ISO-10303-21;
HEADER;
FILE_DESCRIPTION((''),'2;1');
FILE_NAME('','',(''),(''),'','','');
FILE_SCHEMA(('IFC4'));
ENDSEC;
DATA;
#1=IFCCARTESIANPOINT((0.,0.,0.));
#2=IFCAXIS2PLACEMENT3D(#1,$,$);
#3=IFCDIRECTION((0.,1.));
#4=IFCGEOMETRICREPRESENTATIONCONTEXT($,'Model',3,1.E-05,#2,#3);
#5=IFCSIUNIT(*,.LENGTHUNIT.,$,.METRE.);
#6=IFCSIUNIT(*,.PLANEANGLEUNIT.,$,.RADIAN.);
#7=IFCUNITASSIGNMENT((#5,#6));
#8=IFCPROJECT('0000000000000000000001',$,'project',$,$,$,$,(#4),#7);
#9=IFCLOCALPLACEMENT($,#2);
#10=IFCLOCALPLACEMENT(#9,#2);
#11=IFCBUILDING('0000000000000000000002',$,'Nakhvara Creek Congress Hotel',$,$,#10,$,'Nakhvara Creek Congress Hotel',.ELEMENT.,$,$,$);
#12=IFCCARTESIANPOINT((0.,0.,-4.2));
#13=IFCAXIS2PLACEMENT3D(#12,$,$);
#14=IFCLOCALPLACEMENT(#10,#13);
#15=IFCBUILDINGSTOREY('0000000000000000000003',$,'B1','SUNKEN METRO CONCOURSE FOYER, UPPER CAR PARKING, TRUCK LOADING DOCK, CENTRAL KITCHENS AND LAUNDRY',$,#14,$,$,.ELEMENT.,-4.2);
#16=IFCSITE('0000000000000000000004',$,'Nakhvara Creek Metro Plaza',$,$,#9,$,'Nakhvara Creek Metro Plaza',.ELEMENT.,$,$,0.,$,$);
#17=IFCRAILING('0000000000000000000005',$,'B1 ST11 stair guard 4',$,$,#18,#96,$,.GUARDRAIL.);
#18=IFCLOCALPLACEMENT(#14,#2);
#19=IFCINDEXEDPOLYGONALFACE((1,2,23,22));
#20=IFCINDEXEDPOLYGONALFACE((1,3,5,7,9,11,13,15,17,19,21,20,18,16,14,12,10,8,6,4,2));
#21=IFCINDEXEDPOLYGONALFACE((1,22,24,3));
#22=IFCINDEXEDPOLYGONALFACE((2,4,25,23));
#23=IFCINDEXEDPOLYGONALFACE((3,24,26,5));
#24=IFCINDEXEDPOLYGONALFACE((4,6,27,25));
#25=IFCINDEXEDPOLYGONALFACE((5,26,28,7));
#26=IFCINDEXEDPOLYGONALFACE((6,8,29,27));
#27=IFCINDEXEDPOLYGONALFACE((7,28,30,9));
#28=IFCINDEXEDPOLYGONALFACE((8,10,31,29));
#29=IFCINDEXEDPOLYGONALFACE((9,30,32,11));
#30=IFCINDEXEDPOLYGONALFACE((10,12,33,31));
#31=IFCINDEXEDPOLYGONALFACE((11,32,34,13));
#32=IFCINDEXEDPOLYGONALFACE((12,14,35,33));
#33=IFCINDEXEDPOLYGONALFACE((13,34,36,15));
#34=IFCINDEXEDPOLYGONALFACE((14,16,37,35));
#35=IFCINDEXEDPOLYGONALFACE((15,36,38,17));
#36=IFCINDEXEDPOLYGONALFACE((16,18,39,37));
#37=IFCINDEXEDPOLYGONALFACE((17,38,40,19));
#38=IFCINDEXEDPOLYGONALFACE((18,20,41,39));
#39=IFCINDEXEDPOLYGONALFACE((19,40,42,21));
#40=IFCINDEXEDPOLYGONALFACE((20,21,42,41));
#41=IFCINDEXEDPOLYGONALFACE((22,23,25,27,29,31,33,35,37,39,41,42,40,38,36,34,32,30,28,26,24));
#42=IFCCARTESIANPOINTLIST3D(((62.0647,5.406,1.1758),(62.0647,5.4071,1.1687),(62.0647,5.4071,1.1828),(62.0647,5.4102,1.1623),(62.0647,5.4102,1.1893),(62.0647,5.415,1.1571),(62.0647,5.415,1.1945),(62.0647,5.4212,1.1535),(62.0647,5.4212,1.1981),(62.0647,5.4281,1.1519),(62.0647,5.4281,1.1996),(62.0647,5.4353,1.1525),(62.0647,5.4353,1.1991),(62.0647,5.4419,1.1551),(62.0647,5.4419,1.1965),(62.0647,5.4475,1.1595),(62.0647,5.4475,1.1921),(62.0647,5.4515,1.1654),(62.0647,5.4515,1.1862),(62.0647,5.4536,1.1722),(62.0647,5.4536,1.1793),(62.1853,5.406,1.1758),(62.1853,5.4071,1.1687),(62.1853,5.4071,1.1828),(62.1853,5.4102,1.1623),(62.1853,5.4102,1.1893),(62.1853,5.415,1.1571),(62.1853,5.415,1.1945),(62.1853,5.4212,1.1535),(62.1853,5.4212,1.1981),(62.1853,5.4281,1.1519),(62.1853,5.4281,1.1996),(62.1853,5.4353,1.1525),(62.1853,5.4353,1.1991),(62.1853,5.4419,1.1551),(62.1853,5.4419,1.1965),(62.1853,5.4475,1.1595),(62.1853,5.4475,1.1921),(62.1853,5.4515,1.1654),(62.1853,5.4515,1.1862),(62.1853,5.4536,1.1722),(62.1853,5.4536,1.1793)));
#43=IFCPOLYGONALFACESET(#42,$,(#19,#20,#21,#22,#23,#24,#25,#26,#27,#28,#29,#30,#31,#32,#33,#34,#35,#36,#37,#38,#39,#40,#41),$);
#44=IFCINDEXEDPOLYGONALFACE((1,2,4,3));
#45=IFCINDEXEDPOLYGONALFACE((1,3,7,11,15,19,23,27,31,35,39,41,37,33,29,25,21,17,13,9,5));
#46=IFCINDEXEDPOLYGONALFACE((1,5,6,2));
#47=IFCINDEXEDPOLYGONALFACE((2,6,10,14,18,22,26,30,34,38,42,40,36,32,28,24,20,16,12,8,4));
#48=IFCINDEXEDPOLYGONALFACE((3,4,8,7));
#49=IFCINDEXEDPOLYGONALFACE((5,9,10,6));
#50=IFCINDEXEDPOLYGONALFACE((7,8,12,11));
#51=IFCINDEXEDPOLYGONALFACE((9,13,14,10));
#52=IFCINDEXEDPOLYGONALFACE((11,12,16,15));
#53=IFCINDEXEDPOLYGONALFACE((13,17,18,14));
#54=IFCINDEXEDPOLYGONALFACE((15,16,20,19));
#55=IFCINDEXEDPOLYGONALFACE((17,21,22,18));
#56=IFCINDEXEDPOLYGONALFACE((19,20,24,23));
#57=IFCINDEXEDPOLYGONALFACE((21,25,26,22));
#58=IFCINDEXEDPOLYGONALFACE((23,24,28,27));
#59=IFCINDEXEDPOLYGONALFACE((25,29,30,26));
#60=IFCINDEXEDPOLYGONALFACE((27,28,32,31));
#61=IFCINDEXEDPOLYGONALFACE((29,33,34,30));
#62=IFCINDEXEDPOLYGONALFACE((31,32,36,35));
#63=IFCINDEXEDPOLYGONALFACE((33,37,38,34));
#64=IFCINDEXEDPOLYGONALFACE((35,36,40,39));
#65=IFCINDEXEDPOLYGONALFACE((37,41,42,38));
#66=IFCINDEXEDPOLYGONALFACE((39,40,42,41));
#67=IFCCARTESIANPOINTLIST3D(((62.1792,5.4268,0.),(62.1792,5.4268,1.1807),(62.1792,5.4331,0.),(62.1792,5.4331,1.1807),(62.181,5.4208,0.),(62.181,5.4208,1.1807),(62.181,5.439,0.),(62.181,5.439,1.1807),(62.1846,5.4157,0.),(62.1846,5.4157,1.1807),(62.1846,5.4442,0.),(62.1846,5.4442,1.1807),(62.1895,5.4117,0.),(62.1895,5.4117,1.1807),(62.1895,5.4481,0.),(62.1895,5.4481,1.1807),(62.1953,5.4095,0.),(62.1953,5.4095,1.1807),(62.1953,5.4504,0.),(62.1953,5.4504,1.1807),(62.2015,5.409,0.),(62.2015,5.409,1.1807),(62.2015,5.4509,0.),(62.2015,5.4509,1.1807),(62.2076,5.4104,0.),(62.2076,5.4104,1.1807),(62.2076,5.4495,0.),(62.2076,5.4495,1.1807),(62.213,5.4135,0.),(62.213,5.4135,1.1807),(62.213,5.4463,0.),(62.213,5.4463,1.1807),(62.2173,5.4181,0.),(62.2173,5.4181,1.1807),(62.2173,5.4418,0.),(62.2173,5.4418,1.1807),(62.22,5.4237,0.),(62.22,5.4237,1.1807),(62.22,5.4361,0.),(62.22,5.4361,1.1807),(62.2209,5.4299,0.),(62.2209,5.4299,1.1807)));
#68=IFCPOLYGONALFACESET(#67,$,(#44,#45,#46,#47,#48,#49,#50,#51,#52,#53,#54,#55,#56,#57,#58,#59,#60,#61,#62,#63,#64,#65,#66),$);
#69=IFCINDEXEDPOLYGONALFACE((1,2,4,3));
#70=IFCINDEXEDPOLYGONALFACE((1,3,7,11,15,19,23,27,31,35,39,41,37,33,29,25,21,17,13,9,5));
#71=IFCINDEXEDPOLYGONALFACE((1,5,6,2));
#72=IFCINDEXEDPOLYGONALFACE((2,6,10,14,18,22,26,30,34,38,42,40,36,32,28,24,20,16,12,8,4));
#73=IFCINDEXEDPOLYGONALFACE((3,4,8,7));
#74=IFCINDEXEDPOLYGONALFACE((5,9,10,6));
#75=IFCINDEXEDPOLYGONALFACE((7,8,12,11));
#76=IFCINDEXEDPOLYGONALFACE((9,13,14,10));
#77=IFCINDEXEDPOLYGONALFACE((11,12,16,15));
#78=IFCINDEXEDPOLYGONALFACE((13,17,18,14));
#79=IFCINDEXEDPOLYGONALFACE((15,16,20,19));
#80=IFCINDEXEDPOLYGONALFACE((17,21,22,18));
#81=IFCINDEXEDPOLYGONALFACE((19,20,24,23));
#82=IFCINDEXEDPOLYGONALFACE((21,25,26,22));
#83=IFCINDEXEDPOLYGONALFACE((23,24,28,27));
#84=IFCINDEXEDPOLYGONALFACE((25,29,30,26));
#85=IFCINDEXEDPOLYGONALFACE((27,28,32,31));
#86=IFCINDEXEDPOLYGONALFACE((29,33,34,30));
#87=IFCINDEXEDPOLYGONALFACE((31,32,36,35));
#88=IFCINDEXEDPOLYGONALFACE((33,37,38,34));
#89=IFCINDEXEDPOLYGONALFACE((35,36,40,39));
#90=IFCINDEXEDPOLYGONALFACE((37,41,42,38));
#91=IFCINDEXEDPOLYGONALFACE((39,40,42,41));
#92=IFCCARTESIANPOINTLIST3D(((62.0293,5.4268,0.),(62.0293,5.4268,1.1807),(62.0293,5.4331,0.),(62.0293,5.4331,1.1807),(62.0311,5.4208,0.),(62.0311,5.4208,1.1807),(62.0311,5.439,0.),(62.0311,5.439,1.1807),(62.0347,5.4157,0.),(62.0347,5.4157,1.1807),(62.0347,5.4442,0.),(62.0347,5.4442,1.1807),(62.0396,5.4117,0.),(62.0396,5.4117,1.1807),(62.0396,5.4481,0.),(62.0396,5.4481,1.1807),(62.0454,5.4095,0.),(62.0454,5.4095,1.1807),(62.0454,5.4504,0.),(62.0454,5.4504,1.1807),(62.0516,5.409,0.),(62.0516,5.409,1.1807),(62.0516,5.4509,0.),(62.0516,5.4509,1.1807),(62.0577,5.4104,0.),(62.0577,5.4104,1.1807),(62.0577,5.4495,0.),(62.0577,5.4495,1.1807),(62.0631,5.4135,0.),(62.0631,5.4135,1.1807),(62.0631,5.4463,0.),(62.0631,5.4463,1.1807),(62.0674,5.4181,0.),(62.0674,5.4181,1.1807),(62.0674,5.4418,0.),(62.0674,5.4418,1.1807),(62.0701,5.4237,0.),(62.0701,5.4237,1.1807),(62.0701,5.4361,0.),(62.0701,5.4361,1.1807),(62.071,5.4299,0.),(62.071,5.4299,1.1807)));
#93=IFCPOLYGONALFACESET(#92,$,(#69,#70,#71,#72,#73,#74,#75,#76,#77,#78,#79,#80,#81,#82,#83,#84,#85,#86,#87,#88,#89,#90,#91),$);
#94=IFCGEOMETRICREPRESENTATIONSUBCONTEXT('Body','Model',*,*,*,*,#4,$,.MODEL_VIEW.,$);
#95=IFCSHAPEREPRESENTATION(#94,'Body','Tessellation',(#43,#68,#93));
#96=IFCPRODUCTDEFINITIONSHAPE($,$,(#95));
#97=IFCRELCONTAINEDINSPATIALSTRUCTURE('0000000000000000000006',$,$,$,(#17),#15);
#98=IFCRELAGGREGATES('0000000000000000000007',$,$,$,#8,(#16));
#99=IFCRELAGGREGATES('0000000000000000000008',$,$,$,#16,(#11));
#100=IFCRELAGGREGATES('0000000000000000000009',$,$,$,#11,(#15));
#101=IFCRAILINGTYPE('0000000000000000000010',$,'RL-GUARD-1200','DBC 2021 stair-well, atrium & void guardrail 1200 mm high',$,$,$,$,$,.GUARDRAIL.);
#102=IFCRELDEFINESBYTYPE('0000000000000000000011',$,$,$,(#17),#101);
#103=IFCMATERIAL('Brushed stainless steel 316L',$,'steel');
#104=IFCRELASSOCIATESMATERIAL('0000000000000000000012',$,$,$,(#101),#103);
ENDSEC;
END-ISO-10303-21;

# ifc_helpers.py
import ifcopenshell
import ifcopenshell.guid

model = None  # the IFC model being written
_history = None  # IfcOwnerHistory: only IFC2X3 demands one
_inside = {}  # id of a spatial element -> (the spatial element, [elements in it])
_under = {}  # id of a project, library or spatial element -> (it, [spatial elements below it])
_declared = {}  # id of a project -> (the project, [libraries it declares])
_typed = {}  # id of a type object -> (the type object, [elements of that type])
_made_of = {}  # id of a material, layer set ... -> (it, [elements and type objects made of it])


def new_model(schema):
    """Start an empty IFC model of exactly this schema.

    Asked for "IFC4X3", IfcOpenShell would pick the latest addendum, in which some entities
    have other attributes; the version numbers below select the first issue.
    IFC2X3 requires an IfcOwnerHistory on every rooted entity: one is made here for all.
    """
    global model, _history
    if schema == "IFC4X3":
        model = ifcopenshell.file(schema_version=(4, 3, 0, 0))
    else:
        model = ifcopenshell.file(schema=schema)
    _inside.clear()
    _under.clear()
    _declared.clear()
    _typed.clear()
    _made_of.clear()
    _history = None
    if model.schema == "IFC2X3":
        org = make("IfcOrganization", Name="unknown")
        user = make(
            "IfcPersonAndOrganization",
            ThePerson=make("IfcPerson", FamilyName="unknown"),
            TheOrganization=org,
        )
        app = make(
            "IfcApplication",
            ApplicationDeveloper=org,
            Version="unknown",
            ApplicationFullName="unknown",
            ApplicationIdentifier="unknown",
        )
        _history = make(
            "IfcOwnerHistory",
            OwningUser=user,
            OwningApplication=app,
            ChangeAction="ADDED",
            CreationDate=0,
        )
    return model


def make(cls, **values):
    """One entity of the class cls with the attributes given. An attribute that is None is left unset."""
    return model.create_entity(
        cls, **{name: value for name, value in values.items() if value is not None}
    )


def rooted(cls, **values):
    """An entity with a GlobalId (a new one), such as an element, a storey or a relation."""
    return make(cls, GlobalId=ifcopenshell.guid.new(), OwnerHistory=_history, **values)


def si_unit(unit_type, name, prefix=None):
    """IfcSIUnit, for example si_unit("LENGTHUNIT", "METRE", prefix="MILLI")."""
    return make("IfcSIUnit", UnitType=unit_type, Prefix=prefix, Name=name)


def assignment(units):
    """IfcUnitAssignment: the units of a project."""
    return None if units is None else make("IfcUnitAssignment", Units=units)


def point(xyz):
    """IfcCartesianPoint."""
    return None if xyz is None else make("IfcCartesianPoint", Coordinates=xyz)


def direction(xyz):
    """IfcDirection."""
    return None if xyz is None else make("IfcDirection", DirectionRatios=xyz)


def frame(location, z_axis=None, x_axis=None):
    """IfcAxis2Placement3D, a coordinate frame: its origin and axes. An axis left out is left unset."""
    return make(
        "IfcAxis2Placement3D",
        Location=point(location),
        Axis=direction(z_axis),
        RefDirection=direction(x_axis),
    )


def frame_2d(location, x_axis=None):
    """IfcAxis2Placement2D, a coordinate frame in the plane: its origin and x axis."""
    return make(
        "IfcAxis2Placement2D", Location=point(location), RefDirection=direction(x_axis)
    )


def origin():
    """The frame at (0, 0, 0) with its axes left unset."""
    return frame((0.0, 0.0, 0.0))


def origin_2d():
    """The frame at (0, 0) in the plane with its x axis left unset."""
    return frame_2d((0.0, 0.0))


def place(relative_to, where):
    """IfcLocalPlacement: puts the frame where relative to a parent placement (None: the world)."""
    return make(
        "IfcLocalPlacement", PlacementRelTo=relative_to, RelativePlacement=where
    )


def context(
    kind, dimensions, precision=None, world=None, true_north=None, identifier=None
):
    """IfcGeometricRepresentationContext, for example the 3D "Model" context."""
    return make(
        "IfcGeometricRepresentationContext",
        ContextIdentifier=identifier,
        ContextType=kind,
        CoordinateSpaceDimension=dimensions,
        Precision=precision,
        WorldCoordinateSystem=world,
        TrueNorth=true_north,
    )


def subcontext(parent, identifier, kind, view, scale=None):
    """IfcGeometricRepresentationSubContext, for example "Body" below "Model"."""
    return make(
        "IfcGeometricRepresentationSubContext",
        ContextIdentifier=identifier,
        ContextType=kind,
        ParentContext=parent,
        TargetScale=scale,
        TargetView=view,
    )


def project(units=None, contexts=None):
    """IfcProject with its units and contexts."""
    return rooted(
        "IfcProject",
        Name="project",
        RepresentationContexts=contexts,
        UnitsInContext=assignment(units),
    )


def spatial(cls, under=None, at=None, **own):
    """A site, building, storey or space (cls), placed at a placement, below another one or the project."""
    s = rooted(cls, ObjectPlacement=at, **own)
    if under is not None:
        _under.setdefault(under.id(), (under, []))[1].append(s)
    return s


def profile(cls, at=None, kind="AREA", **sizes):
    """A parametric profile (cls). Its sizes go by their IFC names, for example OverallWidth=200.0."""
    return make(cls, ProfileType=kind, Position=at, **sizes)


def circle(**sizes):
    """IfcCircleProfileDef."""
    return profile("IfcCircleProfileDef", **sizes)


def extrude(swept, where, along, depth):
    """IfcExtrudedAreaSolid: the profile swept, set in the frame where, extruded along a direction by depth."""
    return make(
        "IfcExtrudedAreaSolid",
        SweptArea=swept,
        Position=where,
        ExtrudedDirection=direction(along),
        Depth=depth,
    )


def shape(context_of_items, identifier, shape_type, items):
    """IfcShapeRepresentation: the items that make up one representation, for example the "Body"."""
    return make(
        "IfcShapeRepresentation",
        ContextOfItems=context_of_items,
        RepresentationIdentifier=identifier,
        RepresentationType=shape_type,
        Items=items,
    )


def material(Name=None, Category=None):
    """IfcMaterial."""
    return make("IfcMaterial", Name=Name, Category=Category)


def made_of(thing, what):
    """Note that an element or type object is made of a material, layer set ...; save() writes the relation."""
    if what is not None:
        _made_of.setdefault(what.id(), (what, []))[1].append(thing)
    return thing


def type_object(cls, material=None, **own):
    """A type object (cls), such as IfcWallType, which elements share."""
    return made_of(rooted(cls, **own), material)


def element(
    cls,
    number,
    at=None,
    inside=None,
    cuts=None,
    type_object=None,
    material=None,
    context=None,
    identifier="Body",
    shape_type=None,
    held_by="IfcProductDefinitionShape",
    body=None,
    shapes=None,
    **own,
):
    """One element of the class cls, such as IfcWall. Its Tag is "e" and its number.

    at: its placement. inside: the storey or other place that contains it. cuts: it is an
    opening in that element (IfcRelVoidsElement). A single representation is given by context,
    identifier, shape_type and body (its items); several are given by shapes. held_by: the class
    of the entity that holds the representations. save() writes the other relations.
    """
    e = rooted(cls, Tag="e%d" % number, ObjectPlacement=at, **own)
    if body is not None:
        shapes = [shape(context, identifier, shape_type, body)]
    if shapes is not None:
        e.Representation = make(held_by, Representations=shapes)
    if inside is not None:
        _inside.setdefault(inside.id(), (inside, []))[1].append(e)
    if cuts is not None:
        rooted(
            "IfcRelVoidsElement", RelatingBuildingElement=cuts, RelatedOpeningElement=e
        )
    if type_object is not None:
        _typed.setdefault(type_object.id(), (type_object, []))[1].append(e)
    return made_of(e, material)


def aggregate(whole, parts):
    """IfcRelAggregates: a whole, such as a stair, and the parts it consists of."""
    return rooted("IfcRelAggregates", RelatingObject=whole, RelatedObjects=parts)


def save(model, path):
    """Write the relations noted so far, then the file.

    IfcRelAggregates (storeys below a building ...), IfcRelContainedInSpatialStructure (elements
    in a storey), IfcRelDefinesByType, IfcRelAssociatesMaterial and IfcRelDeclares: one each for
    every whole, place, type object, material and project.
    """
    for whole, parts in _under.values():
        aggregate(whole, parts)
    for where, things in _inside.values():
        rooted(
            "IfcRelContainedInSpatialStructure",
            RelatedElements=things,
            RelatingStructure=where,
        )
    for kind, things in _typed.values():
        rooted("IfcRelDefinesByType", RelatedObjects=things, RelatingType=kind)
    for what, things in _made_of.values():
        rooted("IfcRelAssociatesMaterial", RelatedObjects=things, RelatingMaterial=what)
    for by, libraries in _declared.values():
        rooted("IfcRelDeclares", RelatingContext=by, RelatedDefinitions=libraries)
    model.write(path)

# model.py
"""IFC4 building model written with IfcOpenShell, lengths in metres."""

from ifc_helpers import new_model, si_unit, direction, frame, origin, origin_2d, place, context, subcontext, project, spatial, circle, extrude, material, type_object, element, save


model = new_model("IFC4")

# Units and contexts
model_context = context("Model", 3, precision=1e-05, world=origin(), true_north=direction((0.0, 1.0)))
body_context = subcontext(model_context, "Body", "Model", "MODEL_VIEW")
ifc_project = project(units=[si_unit("LENGTHUNIT", "METRE"), si_unit("PLANEANGLEUNIT", "RADIAN")], contexts=[model_context])

# Site, building, storey
site_placement = place(None, origin())
site = spatial("IfcSite", under=ifc_project, at=site_placement, Name="Nakhvara Creek Metro Plaza", LongName="Nakhvara Creek Metro Plaza", CompositionType="ELEMENT", RefElevation=0.0)
building_placement = place(site_placement, origin())
building = spatial("IfcBuilding", under=site, at=building_placement, Name="Nakhvara Creek Congress Hotel", LongName="Nakhvara Creek Congress Hotel", CompositionType="ELEMENT")
storey_placement = place(building_placement, frame((0.0, 0.0, -4.2)))
storey = spatial("IfcBuildingStorey", under=building, at=storey_placement, Name="B1", Description="SUNKEN METRO CONCOURSE FOYER, UPPER CAR PARKING, TRUCK LOADING DOCK, CENTRAL KITCHENS AND LAUNDRY", CompositionType="ELEMENT", Elevation=-4.2)

# Railing
ifc_material_1 = material(Name="Brushed stainless steel 316L", Category="steel")
railing_type_1 = type_object("IfcRailingType", Name="RL-GUARD-1200", Description="DBC 2021 stair-well, atrium & void guardrail 1200 mm high", PredefinedType="GUARDRAIL", material=ifc_material_1)
railing_1_placement = place(storey_placement, frame((62.2, 5.4299, 0.0)))
element("IfcRailing", 1, at=railing_1_placement, inside=storey, type_object=railing_type_1, Name="B1 ST11 stair guard 4", PredefinedType="GUARDRAIL", context=body_context, shape_type="SweptSolid", body=[
    extrude(circle(Radius=0.0239, at=origin_2d()), frame((-0.0146, 0.0, 1.1758), z_axis=(-1.0, 0.0, 0.0), x_axis=(0.0, -1.0, 0.0)), (0.0, 0.0, 1.0), 0.1206),
    extrude(circle(Radius=0.021, at=origin_2d()), origin(), (0.0, 0.0, 1.0), 1.1807),
    extrude(circle(Radius=0.021, at=origin_2d()), frame((-0.1499, 0.0, 0.0)), (0.0, 0.0, 1.0), 1.1807),
])

save(model, "model.ifc")
